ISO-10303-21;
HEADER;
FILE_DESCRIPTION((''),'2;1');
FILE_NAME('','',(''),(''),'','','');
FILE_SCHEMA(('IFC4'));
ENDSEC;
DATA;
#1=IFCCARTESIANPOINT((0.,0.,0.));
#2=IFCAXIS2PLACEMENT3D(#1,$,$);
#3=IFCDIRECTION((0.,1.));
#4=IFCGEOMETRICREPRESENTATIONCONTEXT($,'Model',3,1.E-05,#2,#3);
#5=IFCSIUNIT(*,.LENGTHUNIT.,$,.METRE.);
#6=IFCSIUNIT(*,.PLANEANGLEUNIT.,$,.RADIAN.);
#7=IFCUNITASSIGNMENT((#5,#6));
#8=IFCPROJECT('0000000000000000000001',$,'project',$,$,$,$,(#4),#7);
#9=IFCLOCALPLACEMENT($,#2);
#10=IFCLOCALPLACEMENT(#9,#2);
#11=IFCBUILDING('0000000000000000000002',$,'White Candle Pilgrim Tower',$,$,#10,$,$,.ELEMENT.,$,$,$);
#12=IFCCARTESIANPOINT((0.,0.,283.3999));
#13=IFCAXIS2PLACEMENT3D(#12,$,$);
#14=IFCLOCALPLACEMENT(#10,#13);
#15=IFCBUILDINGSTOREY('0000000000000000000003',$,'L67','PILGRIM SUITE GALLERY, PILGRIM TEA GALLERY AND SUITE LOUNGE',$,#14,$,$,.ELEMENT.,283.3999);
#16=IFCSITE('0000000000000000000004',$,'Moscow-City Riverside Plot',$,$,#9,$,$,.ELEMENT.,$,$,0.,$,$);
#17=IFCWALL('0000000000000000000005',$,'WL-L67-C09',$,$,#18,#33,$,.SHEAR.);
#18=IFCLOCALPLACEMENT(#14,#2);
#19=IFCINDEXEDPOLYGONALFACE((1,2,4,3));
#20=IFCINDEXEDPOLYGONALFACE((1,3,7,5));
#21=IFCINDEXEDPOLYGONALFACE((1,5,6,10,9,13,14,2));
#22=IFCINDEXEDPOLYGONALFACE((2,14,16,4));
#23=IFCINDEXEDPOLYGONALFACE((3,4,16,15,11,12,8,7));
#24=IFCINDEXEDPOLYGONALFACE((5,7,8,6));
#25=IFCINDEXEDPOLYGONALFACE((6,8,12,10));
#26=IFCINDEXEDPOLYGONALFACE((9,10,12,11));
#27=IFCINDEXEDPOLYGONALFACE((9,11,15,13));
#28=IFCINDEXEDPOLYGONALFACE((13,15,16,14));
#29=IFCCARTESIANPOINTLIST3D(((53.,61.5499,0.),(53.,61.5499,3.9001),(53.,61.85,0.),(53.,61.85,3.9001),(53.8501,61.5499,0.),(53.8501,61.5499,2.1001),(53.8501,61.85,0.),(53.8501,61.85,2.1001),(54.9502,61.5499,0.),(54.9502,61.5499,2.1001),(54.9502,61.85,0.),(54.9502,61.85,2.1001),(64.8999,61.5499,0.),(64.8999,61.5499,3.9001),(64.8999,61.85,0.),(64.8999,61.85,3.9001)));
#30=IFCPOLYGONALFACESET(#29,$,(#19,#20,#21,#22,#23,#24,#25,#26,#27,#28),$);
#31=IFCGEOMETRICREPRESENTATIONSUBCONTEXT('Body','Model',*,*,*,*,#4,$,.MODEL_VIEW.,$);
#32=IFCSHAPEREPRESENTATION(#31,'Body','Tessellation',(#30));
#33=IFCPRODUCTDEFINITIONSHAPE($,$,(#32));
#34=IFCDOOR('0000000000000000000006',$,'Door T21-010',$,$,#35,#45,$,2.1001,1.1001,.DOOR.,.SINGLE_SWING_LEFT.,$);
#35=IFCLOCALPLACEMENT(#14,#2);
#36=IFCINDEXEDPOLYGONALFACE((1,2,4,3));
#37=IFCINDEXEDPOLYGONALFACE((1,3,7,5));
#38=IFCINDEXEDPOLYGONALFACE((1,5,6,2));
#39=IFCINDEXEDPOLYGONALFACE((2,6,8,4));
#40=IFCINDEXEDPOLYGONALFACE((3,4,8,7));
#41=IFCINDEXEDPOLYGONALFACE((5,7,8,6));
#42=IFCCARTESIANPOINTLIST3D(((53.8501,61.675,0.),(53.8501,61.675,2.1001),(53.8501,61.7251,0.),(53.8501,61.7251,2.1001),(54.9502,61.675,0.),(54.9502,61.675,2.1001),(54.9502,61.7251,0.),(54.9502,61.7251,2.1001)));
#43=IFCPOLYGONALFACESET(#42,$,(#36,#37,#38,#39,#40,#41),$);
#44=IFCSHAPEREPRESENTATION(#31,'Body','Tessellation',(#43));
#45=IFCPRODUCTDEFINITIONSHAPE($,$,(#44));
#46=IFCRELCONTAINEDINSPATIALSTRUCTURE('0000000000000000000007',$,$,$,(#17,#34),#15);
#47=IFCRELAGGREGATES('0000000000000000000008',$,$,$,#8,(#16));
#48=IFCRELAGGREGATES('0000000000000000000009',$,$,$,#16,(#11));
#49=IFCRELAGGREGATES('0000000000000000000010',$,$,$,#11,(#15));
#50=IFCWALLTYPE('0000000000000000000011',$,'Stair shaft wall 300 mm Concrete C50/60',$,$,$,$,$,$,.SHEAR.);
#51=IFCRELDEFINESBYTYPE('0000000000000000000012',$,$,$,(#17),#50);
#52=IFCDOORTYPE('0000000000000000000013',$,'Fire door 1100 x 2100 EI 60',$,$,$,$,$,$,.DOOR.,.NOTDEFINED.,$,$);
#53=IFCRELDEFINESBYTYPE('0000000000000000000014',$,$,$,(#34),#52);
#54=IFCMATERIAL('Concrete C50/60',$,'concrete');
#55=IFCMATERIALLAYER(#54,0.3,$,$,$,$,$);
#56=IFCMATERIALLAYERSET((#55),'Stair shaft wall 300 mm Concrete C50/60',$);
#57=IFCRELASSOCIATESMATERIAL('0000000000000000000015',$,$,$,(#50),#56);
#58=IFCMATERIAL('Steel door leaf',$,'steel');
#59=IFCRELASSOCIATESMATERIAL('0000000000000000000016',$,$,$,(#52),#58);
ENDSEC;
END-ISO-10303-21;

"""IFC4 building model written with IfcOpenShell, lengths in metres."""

from ifc_helpers import new_model, si_unit, direction, frame, frame_2d, origin, place, context, subcontext, project, spatial, rectangle, extrude, material, layer, layer_set, type_object, element, fill, save


model = new_model("IFC4")

# Units and contexts
model_context = context("Model", 3, precision=1e-05, world=origin(), true_north=direction((0.0, 1.0)))
body_context = subcontext(model_context, "Body", "Model", "MODEL_VIEW")
ifc_project = project(units=[si_unit("LENGTHUNIT", "METRE"), si_unit("PLANEANGLEUNIT", "RADIAN")], contexts=[model_context])

# Site, building, storey
site_placement = place(None, origin())
site = spatial("IfcSite", under=ifc_project, at=site_placement, Name="Moscow-City Riverside Plot", CompositionType="ELEMENT", RefElevation=0.0)
building_placement = place(site_placement, origin())
building = spatial("IfcBuilding", under=site, at=building_placement, Name="White Candle Pilgrim Tower", CompositionType="ELEMENT")
storey_placement = place(building_placement, frame((0.0, 0.0, 283.3999)))
storey = spatial("IfcBuildingStorey", under=building, at=storey_placement, Name="L67", Description="PILGRIM SUITE GALLERY, PILGRIM TEA GALLERY AND SUITE LOUNGE", CompositionType="ELEMENT", Elevation=283.3999)

# Shared definitions
ifc_material_1 = material(Name="Concrete C50/60", Category="concrete")
ifc_layer_1 = layer(ifc_material_1, 0.3)
ifc_layer_set_1 = layer_set([ifc_layer_1], Name="Stair shaft wall 300 mm Concrete C50/60")
wall_type_1 = type_object("IfcWallType", Name="Stair shaft wall 300 mm Concrete C50/60", PredefinedType="SHEAR", material=ifc_layer_set_1)

# Wall, opening, door
wall_1_placement = place(storey_placement, frame((53.0, 61.7, 0.0), z_axis=(0.0, 0.0, 1.0), x_axis=(1.0, 0.0, 0.0)))
wall_1 = element("IfcWall", 1, at=wall_1_placement, inside=storey, type_object=wall_type_1, Name="WL-L67-C09", PredefinedType="SHEAR", context=body_context, shape_type="SweptSolid", body=[
    extrude(rectangle(XDim=11.8999, YDim=0.3, at=frame_2d((5.95, 0.0))), origin(), (0.0, 0.0, 1.0), 3.9001),
])
opening_1_placement = place(wall_1_placement, frame((0.8501, 0.0, 0.0)))
opening_1 = element("IfcOpeningElement", 2, at=opening_1_placement, cuts=wall_1, PredefinedType="OPENING", context=body_context, shape_type="SweptSolid", body=[
    extrude(rectangle(XDim=1.1001, YDim=2.1001, at=frame_2d((0.55, 1.05))), frame((0.0, 0.1599, 0.0), z_axis=(0.0, -1.0, 0.0), x_axis=(1.0, 0.0, 0.0)), (0.0, 0.0, 1.0), 0.3201),
])
ifc_material_2 = material(Name="Steel door leaf", Category="steel")
door_type = type_object("IfcDoorType", Name="Fire door 1100 x 2100 EI 60", OperationType="NOTDEFINED", PredefinedType="DOOR", material=ifc_material_2)
door_placement = place(opening_1_placement, frame((1.1001, 0.0, 0.0), z_axis=(0.0, 0.0, 1.0), x_axis=(-1.0, 0.0, 0.0)))
door = element("IfcDoor", 3, at=door_placement, inside=storey, type_object=door_type, Name="Door T21-010", OperationType="SINGLE_SWING_LEFT", OverallHeight=2.1001, OverallWidth=1.1001, PredefinedType="DOOR", context=body_context, shape_type="SweptSolid", body=[
    extrude(rectangle(XDim=1.1001, YDim=2.1001, at=frame_2d((0.55, 1.05))), frame((0.0, 0.0249, 0.0), z_axis=(0.0, -1.0, 0.0), x_axis=(1.0, 0.0, 0.0)), (0.0, 0.0, 1.0), 0.05),
])
fill(opening_1, door)

save(model, "model.ifc")
